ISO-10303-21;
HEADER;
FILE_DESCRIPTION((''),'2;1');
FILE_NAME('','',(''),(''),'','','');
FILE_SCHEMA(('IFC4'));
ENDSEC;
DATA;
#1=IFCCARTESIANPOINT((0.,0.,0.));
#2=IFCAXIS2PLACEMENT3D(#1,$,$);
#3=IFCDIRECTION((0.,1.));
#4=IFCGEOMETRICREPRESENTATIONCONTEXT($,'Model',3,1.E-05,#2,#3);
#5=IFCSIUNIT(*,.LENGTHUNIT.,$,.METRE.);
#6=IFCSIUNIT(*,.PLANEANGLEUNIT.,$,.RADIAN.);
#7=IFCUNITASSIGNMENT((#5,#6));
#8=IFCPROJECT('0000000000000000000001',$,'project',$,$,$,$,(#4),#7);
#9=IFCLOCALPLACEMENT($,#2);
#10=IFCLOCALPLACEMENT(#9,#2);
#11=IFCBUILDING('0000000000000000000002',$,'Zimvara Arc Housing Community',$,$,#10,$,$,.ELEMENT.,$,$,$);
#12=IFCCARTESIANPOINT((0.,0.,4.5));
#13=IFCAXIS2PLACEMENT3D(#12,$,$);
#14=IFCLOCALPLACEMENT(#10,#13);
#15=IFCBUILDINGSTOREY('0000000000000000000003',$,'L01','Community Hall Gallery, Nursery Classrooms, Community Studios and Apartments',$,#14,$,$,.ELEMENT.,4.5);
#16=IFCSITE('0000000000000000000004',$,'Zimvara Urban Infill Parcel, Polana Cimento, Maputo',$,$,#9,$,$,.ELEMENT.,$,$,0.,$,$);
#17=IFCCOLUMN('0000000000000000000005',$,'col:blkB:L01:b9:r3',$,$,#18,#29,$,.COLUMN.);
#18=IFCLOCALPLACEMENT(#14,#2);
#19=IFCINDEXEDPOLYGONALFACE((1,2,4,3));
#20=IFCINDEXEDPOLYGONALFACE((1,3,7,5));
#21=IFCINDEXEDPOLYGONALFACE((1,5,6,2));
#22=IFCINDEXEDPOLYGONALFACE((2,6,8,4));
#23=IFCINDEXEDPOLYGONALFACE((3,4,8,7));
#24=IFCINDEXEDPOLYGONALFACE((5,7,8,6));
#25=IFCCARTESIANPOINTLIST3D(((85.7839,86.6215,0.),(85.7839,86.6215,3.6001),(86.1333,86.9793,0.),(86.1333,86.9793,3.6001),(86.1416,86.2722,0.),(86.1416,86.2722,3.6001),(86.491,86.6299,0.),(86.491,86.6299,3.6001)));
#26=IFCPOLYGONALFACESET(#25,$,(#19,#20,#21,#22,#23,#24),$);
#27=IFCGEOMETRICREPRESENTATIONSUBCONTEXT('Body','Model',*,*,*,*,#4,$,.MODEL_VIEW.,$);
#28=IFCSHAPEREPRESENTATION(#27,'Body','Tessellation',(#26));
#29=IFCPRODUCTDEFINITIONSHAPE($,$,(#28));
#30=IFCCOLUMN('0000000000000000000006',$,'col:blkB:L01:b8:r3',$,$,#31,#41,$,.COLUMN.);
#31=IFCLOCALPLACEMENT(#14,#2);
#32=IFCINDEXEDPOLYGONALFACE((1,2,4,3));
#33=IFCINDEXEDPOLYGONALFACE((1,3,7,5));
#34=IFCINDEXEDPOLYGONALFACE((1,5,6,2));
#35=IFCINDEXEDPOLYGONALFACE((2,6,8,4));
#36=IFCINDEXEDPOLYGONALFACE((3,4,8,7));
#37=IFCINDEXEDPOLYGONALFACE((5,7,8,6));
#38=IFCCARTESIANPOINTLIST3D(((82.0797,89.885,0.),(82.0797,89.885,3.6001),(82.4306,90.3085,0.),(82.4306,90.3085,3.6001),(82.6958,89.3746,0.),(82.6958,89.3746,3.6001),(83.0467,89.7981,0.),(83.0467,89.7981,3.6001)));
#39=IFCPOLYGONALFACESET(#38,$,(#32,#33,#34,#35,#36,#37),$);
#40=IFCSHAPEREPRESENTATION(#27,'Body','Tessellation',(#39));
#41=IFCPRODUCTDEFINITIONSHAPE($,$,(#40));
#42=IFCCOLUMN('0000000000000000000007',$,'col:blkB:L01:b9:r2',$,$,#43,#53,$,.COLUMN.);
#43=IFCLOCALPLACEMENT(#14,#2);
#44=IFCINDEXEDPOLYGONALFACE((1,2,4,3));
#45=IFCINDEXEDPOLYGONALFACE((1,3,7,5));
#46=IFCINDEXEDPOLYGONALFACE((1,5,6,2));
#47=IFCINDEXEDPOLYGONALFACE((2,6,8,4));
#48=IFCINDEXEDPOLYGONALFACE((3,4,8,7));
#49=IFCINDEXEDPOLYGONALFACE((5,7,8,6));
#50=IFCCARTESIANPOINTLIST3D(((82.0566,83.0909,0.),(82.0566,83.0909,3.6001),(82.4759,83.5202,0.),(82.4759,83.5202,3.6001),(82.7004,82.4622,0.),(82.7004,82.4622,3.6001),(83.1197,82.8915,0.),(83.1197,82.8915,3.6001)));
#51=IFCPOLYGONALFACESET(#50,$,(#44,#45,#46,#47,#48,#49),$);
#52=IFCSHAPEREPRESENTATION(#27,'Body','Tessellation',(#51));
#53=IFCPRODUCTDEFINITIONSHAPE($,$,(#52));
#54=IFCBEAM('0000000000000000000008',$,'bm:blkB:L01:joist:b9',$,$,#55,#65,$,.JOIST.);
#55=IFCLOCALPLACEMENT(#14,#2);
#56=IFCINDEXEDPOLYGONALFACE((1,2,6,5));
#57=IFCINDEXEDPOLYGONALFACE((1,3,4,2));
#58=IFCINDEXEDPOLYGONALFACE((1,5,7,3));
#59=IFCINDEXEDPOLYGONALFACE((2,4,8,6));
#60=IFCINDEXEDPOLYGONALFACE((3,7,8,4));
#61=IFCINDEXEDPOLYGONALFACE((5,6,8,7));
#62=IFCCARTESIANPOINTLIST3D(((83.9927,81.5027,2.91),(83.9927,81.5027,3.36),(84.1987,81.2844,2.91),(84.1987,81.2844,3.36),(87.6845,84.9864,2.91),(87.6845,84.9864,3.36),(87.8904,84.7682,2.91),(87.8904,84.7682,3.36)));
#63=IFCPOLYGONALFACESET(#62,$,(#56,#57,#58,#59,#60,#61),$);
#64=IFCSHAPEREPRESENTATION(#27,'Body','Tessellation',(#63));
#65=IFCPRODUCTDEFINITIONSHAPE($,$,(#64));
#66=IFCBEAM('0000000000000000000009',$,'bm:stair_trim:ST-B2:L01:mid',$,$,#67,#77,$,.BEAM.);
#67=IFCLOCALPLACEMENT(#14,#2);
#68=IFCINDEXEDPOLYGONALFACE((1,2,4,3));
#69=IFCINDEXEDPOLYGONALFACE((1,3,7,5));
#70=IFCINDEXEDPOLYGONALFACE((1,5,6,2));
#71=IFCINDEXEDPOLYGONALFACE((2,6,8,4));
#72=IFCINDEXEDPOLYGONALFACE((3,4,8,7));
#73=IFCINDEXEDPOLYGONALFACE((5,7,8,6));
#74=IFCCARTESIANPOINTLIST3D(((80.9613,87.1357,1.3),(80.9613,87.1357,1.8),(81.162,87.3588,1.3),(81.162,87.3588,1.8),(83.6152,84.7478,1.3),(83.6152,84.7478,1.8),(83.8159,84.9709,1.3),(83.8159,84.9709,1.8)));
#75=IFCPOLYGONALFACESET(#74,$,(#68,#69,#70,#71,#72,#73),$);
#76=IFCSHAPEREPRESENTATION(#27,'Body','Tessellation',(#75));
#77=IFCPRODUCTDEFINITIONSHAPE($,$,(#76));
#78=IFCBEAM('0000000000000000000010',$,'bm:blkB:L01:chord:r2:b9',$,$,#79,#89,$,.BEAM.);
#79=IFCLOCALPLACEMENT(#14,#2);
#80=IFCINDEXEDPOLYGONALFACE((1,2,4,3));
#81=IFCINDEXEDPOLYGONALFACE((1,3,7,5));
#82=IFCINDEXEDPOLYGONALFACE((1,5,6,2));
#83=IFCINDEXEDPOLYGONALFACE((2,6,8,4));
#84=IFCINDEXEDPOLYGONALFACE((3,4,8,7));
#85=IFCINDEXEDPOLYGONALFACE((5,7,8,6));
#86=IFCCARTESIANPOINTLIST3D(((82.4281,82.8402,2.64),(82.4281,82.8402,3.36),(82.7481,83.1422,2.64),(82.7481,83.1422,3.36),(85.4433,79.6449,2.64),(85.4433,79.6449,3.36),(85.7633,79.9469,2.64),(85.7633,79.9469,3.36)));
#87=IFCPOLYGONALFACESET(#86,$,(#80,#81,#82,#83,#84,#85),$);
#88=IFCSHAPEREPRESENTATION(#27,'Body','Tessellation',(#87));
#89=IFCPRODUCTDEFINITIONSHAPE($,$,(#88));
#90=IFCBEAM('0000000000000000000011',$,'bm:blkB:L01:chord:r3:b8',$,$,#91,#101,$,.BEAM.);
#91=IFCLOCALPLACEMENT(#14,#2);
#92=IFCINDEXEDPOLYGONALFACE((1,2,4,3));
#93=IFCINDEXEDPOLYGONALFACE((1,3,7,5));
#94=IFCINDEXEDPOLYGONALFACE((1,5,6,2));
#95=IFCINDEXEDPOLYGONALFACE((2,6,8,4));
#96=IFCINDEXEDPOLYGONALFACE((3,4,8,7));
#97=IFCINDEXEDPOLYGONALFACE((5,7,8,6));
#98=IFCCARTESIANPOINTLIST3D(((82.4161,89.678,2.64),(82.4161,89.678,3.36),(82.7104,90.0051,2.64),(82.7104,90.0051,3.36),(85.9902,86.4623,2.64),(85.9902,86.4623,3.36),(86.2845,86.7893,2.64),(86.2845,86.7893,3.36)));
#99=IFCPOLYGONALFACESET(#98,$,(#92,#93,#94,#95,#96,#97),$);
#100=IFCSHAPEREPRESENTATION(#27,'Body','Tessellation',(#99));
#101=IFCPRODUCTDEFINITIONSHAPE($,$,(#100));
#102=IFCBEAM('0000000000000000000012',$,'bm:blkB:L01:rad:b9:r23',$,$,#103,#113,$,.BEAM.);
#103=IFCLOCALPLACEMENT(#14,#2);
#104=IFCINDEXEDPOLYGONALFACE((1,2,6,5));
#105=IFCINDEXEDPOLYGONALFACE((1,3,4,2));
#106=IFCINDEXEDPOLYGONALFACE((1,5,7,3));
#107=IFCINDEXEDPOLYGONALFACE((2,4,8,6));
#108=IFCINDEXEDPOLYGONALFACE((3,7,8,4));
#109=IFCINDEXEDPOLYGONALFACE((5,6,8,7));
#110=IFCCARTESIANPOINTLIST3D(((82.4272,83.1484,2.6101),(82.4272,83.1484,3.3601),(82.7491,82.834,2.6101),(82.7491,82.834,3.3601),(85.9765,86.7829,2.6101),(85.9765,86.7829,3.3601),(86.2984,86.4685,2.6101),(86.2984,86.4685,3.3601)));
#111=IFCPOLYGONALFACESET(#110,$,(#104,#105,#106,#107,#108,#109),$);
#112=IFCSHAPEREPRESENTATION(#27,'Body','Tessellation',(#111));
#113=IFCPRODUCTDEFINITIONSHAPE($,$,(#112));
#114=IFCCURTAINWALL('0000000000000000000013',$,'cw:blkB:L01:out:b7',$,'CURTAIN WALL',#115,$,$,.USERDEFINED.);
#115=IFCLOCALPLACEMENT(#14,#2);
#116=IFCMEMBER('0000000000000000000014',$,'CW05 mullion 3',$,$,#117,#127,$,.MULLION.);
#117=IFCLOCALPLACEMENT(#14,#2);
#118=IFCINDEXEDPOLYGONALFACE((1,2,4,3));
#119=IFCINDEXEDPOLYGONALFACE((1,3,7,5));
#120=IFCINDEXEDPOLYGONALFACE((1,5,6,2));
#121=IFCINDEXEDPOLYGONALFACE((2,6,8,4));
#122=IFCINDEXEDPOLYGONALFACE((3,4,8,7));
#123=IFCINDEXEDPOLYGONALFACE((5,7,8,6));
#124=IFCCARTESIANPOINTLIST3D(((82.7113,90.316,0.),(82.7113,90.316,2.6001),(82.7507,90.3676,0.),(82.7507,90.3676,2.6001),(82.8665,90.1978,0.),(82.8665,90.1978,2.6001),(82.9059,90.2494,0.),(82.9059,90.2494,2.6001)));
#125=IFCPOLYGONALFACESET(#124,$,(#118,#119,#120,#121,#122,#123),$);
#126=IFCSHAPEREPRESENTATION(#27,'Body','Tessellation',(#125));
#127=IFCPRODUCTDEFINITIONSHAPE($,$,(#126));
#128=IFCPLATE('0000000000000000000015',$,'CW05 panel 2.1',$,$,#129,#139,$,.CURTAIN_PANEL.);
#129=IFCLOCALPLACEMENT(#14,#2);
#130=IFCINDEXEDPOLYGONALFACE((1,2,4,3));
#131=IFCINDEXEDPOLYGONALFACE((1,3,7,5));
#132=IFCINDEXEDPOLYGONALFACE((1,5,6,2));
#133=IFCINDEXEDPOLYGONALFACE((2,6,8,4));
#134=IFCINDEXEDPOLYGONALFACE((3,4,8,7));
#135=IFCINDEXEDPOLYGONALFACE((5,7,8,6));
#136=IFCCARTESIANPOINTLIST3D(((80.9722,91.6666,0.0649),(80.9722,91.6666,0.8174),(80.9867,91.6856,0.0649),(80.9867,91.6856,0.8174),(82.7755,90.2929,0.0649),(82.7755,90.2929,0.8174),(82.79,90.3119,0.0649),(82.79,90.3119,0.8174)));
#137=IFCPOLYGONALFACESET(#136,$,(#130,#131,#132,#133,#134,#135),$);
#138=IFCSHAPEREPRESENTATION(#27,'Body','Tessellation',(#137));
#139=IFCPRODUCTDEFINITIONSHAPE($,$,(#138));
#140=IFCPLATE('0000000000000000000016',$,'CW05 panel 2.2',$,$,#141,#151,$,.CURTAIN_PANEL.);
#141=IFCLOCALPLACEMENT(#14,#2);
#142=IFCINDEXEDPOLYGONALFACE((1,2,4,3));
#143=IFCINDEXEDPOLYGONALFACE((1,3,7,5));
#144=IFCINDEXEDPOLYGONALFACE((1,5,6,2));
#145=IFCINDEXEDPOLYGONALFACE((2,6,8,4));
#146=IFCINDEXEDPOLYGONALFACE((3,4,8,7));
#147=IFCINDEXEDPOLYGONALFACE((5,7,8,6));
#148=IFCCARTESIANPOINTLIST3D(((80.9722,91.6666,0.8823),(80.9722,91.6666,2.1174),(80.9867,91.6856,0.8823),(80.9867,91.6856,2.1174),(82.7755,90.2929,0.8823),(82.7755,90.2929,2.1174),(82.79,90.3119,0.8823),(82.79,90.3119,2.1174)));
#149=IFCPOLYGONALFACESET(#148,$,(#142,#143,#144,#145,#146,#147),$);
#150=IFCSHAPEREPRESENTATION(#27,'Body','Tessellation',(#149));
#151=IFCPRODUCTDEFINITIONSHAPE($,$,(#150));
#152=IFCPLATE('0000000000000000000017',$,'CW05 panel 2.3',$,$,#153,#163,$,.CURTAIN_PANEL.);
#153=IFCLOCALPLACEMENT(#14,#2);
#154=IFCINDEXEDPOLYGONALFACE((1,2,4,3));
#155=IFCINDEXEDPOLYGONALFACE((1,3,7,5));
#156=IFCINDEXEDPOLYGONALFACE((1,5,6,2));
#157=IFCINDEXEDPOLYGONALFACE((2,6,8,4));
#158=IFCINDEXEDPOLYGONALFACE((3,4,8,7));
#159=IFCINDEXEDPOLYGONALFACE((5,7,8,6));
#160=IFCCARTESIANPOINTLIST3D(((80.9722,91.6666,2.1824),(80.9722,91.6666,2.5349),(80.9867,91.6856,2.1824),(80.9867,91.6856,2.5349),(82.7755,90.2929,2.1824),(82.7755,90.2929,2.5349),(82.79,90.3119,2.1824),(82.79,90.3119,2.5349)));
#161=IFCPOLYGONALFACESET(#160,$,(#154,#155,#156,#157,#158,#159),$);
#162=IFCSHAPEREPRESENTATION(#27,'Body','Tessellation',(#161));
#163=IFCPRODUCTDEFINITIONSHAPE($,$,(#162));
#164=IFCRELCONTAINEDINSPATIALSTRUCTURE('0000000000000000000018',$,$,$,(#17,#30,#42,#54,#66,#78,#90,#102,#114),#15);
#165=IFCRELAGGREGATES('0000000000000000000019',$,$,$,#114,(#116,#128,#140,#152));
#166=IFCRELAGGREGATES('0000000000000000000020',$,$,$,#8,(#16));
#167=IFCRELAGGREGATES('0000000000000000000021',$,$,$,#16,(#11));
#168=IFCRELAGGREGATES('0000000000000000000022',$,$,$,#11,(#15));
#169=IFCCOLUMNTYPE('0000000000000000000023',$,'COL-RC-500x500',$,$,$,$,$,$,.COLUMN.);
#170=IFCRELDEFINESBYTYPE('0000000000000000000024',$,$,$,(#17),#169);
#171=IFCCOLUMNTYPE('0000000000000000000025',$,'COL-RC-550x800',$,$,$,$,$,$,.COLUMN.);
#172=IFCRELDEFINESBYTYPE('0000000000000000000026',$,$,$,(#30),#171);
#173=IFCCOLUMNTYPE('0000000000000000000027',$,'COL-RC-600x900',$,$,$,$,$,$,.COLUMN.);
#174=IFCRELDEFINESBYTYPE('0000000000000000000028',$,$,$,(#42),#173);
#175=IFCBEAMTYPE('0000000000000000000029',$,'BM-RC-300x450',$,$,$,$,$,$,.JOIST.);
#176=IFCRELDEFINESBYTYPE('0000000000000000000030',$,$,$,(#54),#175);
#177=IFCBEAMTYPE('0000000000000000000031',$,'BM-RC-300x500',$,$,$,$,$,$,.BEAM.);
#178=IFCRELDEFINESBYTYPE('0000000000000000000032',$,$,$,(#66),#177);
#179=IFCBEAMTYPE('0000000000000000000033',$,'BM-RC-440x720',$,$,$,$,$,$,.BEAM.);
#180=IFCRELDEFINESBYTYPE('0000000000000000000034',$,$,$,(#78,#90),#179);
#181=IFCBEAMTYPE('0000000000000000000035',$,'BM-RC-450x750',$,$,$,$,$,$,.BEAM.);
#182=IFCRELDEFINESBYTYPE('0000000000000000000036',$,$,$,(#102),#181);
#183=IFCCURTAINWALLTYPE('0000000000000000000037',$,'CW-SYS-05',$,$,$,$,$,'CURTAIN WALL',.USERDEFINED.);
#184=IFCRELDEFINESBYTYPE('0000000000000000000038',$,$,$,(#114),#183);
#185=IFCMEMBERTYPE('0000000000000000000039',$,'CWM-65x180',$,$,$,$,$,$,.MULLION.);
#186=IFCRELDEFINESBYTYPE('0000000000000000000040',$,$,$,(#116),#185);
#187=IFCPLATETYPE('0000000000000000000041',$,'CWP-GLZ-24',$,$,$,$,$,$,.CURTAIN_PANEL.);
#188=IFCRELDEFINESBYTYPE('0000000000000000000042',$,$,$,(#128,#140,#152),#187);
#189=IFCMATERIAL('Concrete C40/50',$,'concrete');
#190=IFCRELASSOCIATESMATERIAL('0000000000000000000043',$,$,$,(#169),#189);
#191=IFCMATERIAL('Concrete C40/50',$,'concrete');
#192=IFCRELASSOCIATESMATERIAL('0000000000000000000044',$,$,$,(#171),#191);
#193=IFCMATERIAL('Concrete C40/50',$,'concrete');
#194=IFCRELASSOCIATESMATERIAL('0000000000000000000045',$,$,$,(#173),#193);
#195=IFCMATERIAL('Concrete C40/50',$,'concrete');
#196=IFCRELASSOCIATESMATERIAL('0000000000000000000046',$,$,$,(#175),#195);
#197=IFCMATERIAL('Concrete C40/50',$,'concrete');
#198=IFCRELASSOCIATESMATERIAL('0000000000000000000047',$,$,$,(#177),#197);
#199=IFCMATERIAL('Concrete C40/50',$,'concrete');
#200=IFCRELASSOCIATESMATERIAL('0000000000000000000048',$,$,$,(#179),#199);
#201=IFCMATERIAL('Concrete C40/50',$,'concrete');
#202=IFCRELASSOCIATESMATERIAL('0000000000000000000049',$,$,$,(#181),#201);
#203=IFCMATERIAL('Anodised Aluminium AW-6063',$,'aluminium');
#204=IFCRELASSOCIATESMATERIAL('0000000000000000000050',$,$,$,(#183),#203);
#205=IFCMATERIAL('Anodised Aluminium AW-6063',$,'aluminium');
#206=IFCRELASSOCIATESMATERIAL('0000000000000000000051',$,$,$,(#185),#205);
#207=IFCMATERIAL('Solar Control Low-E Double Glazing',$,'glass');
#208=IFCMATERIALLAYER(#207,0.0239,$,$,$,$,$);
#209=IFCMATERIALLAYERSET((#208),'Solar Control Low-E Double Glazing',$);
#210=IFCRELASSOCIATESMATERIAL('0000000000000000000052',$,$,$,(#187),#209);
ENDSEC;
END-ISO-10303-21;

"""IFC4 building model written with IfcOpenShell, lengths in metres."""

from ifc_helpers import new_model, si_unit, direction, frame, origin, origin_2d, place, context, subcontext, project, spatial, rectangle, extrude, material, layer, layer_set, material_profile, profile_set, type_object, element, aggregate, save


model = new_model("IFC4")

# Units and contexts
model_context = context("Model", 3, precision=1e-05, world=origin(), true_north=direction((0.0, 1.0)))
body_context = subcontext(model_context, "Body", "Model", "MODEL_VIEW")
ifc_project = project(units=[si_unit("LENGTHUNIT", "METRE"), si_unit("PLANEANGLEUNIT", "RADIAN")], contexts=[model_context])

# Site, building, storey
site_placement = place(None, origin())
site = spatial("IfcSite", under=ifc_project, at=site_placement, Name="Zimvara Urban Infill Parcel, Polana Cimento, Maputo", CompositionType="ELEMENT", RefElevation=0.0)
building_placement = place(site_placement, origin())
building = spatial("IfcBuilding", under=site, at=building_placement, Name="Zimvara Arc Housing Community", CompositionType="ELEMENT")
storey_placement = place(building_placement, frame((0.0, 0.0, 4.5)))
storey = spatial("IfcBuildingStorey", under=building, at=storey_placement, Name="L01", Description="Community Hall Gallery, Nursery Classrooms, Community Studios and Apartments", CompositionType="ELEMENT", Elevation=4.5)

# Columns
ifc_material_1 = material(Name="Concrete C40/50", Category="concrete")
ifc_material_profile_1 = material_profile(ifc_material_1, rectangle(XDim=0.5, YDim=0.5, at=origin_2d()), Name="RC 500x500")
ifc_profile_set_1 = profile_set([ifc_material_profile_1], Name="Concrete C40/50")
column_type_1 = type_object("IfcColumnType", Name="COL-RC-500x500", PredefinedType="COLUMN", material=ifc_profile_set_1)
column_1_placement = place(storey_placement, frame((86.1375, 86.6257, 0.0), z_axis=(0.0, 0.0, 1.0), x_axis=(0.698665, 0.715449, 0.0)))
element("IfcColumn", 1, at=column_1_placement, inside=storey, type_object=column_type_1, Name="col:blkB:L01:b9:r3", PredefinedType="COLUMN", context=body_context, shape_type="SweptSolid", body=[
    extrude(rectangle(XDim=0.5, YDim=0.5, at=origin_2d()), origin(), (0.0, 0.0, 1.0), 3.6001),
])
ifc_material_2 = material(Name="Concrete C40/50", Category="concrete")
ifc_material_profile_2 = material_profile(ifc_material_2, rectangle(XDim=0.55, YDim=0.8, at=origin_2d()), Name="RC 550x800")
ifc_profile_set_2 = profile_set([ifc_material_profile_2], Name="Concrete C40/50")
column_type_2 = type_object("IfcColumnType", Name="COL-RC-550x800", PredefinedType="COLUMN", material=ifc_profile_set_2)
column_2_placement = place(storey_placement, frame((82.5632, 89.8416, 0.0), z_axis=(0.0, 0.0, 1.0), x_axis=(0.637962, 0.770068, 0.0)))
element("IfcColumn", 2, at=column_2_placement, inside=storey, type_object=column_type_2, Name="col:blkB:L01:b8:r3", PredefinedType="COLUMN", context=body_context, shape_type="SweptSolid", body=[
    extrude(rectangle(XDim=0.55, YDim=0.8, at=origin_2d()), origin(), (0.0, 0.0, 1.0), 3.6001),
])
ifc_material_3 = material(Name="Concrete C40/50", Category="concrete")
ifc_material_profile_3 = material_profile(ifc_material_3, rectangle(XDim=0.6001, YDim=0.8999, at=origin_2d()), Name="RC 600x900")
ifc_profile_set_3 = profile_set([ifc_material_profile_3], Name="Concrete C40/50")
column_type_3 = type_object("IfcColumnType", Name="COL-RC-600x900", PredefinedType="COLUMN", material=ifc_profile_set_3)
column_3_placement = place(storey_placement, frame((82.5881, 82.9912, 0.0), z_axis=(0.0, 0.0, 1.0), x_axis=(0.698665, 0.715449, 0.0)))
element("IfcColumn", 3, at=column_3_placement, inside=storey, type_object=column_type_3, Name="col:blkB:L01:b9:r2", PredefinedType="COLUMN", context=body_context, shape_type="SweptSolid", body=[
    extrude(rectangle(XDim=0.6001, YDim=0.8999, at=origin_2d()), origin(), (0.0, 0.0, 1.0), 3.6001),
])

# Beams
ifc_material_4 = material(Name="Concrete C40/50", Category="concrete")
ifc_material_profile_4 = material_profile(ifc_material_4, rectangle(XDim=0.3, YDim=0.45, at=origin_2d()), Name="RC 300x450")
ifc_profile_set_4 = profile_set([ifc_material_profile_4], Name="Concrete C40/50")
beam_type_1 = type_object("IfcBeamType", Name="BM-RC-300x450", PredefinedType="JOIST", material=ifc_profile_set_4)
beam_1_placement = place(storey_placement, frame((84.0957, 81.3936, 3.135), z_axis=(0.7273, 0.68632, 0.0), x_axis=(-0.68632, 0.7273, 0.0)))
element("IfcBeam", 4, at=beam_1_placement, inside=storey, type_object=beam_type_1, Name="bm:blkB:L01:joist:b9", PredefinedType="JOIST", context=body_context, shape_type="SweptSolid", body=[
    extrude(rectangle(XDim=0.3, YDim=0.45, at=origin_2d()), origin(), (0.0, 0.0, 1.0), 5.0759),
])
ifc_material_5 = material(Name="Concrete C40/50", Category="concrete")
ifc_material_profile_5 = material_profile(ifc_material_5, rectangle(XDim=0.3, YDim=0.5, at=origin_2d()), Name="RC 300x500")
ifc_profile_set_5 = profile_set([ifc_material_profile_5], Name="Concrete C40/50")
beam_type_2 = type_object("IfcBeamType", Name="BM-RC-300x500", PredefinedType="BEAM", material=ifc_profile_set_5)
beam_2_placement = place(storey_placement, frame((83.7156, 84.8594, 1.55), z_axis=(-0.743393, 0.668855, 0.0), x_axis=(-0.668855, -0.743393, 0.0)))
element("IfcBeam", 5, at=beam_2_placement, inside=storey, type_object=beam_type_2, Name="bm:stair_trim:ST-B2:L01:mid", PredefinedType="BEAM", context=body_context, shape_type="SweptSolid", body=[
    extrude(rectangle(XDim=0.3, YDim=0.5, at=origin_2d()), origin(), (0.0, 0.0, 1.0), 3.5701),
])
ifc_material_6 = material(Name="Concrete C40/50", Category="concrete")
ifc_material_profile_6 = material_profile(ifc_material_6, rectangle(XDim=0.4399, YDim=0.72, at=origin_2d()), Name="RC 440x720")
ifc_profile_set_6 = profile_set([ifc_material_profile_6], Name="Concrete C40/50")
beam_type_3 = type_object("IfcBeamType", Name="BM-RC-440x720", PredefinedType="BEAM", material=ifc_profile_set_6)
beam_3_placement = place(storey_placement, frame((82.5881, 82.9912, 3.0), z_axis=(0.686304, -0.727315, 0.0), x_axis=(0.727315, 0.686304, 0.0)))
element("IfcBeam", 6, at=beam_3_placement, inside=storey, type_object=beam_type_3, Name="bm:blkB:L01:chord:r2:b9", PredefinedType="BEAM", context=body_context, shape_type="SweptSolid", body=[
    extrude(rectangle(XDim=0.4399, YDim=0.72, at=origin_2d()), origin(), (0.0, 0.0, 1.0), 4.3933),
])
beam_4_placement = place(storey_placement, frame((82.5632, 89.8416, 3.0), z_axis=(0.743395, -0.668853, 0.0), x_axis=(0.668853, 0.743395, 0.0)))
element("IfcBeam", 7, at=beam_4_placement, inside=storey, type_object=beam_type_3, Name="bm:blkB:L01:chord:r3:b8", PredefinedType="BEAM", context=body_context, shape_type="SweptSolid", body=[
    extrude(rectangle(XDim=0.4399, YDim=0.72, at=origin_2d()), origin(), (0.0, 0.0, 1.0), 4.8079),
])
ifc_material_7 = material(Name="Concrete C40/50", Category="concrete")
ifc_material_profile_7 = material_profile(ifc_material_7, rectangle(XDim=0.45, YDim=0.75, at=origin_2d()), Name="RC 450x750")
ifc_profile_set_7 = profile_set([ifc_material_profile_7], Name="Concrete C40/50")
beam_type_4 = type_object("IfcBeamType", Name="BM-RC-450x750", PredefinedType="BEAM", material=ifc_profile_set_7)
beam_5_placement = place(storey_placement, frame((82.5881, 82.9912, 2.9851), z_axis=(0.698671, 0.715443, 0.0), x_axis=(-0.715443, 0.698671, 0.0)))
element("IfcBeam", 8, at=beam_5_placement, inside=storey, type_object=beam_type_4, Name="bm:blkB:L01:rad:b9:r23", PredefinedType="BEAM", context=body_context, shape_type="SweptSolid", body=[
    extrude(rectangle(XDim=0.45, YDim=0.75, at=origin_2d()), origin(), (0.0, 0.0, 1.0), 5.0801),
])

# Curtain wall, member, plates
ifc_material_8 = material(Name="Anodised Aluminium AW-6063", Category="aluminium")
curtain_wall_type = type_object("IfcCurtainWallType", Name="CW-SYS-05", ElementType="CURTAIN WALL", PredefinedType="USERDEFINED", material=ifc_material_8)
curtain_wall_placement = place(storey_placement, origin())
curtain_wall = element("IfcCurtainWall", 9, at=curtain_wall_placement, inside=storey, type_object=curtain_wall_type, Name="cw:blkB:L01:out:b7", ObjectType="CURTAIN WALL", PredefinedType="USERDEFINED")
ifc_material_9 = material(Name="Anodised Aluminium AW-6063", Category="aluminium")
ifc_material_profile_8 = material_profile(ifc_material_9, rectangle(XDim=0.0649, YDim=0.1951, at=origin_2d()), Name="ALU 65x195")
ifc_profile_set_8 = profile_set([ifc_material_profile_8], Name="Anodised Aluminium AW-6063")
member_type = type_object("IfcMemberType", Name="CWM-65x180", PredefinedType="MULLION", material=ifc_profile_set_8)
member_placement = place(storey_placement, frame((82.8086, 90.2827, 0.0), z_axis=(0.0, 0.0, 1.0), x_axis=(0.605988, 0.795474, 0.0)))
member = element("IfcMember", 10, at=member_placement, type_object=member_type, Name="CW05 mullion 3", PredefinedType="MULLION", context=body_context, shape_type="SweptSolid", body=[
    extrude(rectangle(XDim=0.0649, YDim=0.1951, at=origin_2d()), origin(), (0.0, 0.0, 1.0), 2.6001),
])
ifc_material_10 = material(Name="Solar Control Low-E Double Glazing", Category="glass")
ifc_layer_1 = layer(ifc_material_10, 0.0239)
ifc_layer_set_1 = layer_set([ifc_layer_1], Name="Solar Control Low-E Double Glazing")
plate_type = type_object("IfcPlateType", Name="CWP-GLZ-24", PredefinedType="CURTAIN_PANEL", material=ifc_layer_set_1)
plate_1_placement = place(storey_placement, frame((81.8811, 90.9893, 0.0649), z_axis=(0.0, 0.0, 1.0), x_axis=(0.795474, -0.605988, 0.0)))
plate_1 = element("IfcPlate", 11, at=plate_1_placement, type_object=plate_type, Name="CW05 panel 2.1", PredefinedType="CURTAIN_PANEL", context=body_context, shape_type="SweptSolid", body=[
    extrude(rectangle(XDim=2.2668, YDim=0.0239, at=origin_2d()), origin(), (0.0, 0.0, 1.0), 0.7524),
])
plate_2_placement = place(storey_placement, frame((81.8811, 90.9893, 0.8823), z_axis=(0.0, 0.0, 1.0), x_axis=(0.795474, -0.605988, 0.0)))
plate_2 = element("IfcPlate", 12, at=plate_2_placement, type_object=plate_type, Name="CW05 panel 2.2", PredefinedType="CURTAIN_PANEL", context=body_context, shape_type="SweptSolid", body=[
    extrude(rectangle(XDim=2.2668, YDim=0.0239, at=origin_2d()), origin(), (0.0, 0.0, 1.0), 1.2351),
])
plate_3_placement = place(storey_placement, frame((81.8811, 90.9893, 2.1824), z_axis=(0.0, 0.0, 1.0), x_axis=(0.795474, -0.605988, 0.0)))
plate_3 = element("IfcPlate", 13, at=plate_3_placement, type_object=plate_type, Name="CW05 panel 2.3", PredefinedType="CURTAIN_PANEL", context=body_context, shape_type="SweptSolid", body=[
    extrude(rectangle(XDim=2.2668, YDim=0.0239, at=origin_2d()), origin(), (0.0, 0.0, 1.0), 0.3525),
])
aggregate(curtain_wall, [member, plate_1, plate_2, plate_3])

save(model, "model.ifc")
